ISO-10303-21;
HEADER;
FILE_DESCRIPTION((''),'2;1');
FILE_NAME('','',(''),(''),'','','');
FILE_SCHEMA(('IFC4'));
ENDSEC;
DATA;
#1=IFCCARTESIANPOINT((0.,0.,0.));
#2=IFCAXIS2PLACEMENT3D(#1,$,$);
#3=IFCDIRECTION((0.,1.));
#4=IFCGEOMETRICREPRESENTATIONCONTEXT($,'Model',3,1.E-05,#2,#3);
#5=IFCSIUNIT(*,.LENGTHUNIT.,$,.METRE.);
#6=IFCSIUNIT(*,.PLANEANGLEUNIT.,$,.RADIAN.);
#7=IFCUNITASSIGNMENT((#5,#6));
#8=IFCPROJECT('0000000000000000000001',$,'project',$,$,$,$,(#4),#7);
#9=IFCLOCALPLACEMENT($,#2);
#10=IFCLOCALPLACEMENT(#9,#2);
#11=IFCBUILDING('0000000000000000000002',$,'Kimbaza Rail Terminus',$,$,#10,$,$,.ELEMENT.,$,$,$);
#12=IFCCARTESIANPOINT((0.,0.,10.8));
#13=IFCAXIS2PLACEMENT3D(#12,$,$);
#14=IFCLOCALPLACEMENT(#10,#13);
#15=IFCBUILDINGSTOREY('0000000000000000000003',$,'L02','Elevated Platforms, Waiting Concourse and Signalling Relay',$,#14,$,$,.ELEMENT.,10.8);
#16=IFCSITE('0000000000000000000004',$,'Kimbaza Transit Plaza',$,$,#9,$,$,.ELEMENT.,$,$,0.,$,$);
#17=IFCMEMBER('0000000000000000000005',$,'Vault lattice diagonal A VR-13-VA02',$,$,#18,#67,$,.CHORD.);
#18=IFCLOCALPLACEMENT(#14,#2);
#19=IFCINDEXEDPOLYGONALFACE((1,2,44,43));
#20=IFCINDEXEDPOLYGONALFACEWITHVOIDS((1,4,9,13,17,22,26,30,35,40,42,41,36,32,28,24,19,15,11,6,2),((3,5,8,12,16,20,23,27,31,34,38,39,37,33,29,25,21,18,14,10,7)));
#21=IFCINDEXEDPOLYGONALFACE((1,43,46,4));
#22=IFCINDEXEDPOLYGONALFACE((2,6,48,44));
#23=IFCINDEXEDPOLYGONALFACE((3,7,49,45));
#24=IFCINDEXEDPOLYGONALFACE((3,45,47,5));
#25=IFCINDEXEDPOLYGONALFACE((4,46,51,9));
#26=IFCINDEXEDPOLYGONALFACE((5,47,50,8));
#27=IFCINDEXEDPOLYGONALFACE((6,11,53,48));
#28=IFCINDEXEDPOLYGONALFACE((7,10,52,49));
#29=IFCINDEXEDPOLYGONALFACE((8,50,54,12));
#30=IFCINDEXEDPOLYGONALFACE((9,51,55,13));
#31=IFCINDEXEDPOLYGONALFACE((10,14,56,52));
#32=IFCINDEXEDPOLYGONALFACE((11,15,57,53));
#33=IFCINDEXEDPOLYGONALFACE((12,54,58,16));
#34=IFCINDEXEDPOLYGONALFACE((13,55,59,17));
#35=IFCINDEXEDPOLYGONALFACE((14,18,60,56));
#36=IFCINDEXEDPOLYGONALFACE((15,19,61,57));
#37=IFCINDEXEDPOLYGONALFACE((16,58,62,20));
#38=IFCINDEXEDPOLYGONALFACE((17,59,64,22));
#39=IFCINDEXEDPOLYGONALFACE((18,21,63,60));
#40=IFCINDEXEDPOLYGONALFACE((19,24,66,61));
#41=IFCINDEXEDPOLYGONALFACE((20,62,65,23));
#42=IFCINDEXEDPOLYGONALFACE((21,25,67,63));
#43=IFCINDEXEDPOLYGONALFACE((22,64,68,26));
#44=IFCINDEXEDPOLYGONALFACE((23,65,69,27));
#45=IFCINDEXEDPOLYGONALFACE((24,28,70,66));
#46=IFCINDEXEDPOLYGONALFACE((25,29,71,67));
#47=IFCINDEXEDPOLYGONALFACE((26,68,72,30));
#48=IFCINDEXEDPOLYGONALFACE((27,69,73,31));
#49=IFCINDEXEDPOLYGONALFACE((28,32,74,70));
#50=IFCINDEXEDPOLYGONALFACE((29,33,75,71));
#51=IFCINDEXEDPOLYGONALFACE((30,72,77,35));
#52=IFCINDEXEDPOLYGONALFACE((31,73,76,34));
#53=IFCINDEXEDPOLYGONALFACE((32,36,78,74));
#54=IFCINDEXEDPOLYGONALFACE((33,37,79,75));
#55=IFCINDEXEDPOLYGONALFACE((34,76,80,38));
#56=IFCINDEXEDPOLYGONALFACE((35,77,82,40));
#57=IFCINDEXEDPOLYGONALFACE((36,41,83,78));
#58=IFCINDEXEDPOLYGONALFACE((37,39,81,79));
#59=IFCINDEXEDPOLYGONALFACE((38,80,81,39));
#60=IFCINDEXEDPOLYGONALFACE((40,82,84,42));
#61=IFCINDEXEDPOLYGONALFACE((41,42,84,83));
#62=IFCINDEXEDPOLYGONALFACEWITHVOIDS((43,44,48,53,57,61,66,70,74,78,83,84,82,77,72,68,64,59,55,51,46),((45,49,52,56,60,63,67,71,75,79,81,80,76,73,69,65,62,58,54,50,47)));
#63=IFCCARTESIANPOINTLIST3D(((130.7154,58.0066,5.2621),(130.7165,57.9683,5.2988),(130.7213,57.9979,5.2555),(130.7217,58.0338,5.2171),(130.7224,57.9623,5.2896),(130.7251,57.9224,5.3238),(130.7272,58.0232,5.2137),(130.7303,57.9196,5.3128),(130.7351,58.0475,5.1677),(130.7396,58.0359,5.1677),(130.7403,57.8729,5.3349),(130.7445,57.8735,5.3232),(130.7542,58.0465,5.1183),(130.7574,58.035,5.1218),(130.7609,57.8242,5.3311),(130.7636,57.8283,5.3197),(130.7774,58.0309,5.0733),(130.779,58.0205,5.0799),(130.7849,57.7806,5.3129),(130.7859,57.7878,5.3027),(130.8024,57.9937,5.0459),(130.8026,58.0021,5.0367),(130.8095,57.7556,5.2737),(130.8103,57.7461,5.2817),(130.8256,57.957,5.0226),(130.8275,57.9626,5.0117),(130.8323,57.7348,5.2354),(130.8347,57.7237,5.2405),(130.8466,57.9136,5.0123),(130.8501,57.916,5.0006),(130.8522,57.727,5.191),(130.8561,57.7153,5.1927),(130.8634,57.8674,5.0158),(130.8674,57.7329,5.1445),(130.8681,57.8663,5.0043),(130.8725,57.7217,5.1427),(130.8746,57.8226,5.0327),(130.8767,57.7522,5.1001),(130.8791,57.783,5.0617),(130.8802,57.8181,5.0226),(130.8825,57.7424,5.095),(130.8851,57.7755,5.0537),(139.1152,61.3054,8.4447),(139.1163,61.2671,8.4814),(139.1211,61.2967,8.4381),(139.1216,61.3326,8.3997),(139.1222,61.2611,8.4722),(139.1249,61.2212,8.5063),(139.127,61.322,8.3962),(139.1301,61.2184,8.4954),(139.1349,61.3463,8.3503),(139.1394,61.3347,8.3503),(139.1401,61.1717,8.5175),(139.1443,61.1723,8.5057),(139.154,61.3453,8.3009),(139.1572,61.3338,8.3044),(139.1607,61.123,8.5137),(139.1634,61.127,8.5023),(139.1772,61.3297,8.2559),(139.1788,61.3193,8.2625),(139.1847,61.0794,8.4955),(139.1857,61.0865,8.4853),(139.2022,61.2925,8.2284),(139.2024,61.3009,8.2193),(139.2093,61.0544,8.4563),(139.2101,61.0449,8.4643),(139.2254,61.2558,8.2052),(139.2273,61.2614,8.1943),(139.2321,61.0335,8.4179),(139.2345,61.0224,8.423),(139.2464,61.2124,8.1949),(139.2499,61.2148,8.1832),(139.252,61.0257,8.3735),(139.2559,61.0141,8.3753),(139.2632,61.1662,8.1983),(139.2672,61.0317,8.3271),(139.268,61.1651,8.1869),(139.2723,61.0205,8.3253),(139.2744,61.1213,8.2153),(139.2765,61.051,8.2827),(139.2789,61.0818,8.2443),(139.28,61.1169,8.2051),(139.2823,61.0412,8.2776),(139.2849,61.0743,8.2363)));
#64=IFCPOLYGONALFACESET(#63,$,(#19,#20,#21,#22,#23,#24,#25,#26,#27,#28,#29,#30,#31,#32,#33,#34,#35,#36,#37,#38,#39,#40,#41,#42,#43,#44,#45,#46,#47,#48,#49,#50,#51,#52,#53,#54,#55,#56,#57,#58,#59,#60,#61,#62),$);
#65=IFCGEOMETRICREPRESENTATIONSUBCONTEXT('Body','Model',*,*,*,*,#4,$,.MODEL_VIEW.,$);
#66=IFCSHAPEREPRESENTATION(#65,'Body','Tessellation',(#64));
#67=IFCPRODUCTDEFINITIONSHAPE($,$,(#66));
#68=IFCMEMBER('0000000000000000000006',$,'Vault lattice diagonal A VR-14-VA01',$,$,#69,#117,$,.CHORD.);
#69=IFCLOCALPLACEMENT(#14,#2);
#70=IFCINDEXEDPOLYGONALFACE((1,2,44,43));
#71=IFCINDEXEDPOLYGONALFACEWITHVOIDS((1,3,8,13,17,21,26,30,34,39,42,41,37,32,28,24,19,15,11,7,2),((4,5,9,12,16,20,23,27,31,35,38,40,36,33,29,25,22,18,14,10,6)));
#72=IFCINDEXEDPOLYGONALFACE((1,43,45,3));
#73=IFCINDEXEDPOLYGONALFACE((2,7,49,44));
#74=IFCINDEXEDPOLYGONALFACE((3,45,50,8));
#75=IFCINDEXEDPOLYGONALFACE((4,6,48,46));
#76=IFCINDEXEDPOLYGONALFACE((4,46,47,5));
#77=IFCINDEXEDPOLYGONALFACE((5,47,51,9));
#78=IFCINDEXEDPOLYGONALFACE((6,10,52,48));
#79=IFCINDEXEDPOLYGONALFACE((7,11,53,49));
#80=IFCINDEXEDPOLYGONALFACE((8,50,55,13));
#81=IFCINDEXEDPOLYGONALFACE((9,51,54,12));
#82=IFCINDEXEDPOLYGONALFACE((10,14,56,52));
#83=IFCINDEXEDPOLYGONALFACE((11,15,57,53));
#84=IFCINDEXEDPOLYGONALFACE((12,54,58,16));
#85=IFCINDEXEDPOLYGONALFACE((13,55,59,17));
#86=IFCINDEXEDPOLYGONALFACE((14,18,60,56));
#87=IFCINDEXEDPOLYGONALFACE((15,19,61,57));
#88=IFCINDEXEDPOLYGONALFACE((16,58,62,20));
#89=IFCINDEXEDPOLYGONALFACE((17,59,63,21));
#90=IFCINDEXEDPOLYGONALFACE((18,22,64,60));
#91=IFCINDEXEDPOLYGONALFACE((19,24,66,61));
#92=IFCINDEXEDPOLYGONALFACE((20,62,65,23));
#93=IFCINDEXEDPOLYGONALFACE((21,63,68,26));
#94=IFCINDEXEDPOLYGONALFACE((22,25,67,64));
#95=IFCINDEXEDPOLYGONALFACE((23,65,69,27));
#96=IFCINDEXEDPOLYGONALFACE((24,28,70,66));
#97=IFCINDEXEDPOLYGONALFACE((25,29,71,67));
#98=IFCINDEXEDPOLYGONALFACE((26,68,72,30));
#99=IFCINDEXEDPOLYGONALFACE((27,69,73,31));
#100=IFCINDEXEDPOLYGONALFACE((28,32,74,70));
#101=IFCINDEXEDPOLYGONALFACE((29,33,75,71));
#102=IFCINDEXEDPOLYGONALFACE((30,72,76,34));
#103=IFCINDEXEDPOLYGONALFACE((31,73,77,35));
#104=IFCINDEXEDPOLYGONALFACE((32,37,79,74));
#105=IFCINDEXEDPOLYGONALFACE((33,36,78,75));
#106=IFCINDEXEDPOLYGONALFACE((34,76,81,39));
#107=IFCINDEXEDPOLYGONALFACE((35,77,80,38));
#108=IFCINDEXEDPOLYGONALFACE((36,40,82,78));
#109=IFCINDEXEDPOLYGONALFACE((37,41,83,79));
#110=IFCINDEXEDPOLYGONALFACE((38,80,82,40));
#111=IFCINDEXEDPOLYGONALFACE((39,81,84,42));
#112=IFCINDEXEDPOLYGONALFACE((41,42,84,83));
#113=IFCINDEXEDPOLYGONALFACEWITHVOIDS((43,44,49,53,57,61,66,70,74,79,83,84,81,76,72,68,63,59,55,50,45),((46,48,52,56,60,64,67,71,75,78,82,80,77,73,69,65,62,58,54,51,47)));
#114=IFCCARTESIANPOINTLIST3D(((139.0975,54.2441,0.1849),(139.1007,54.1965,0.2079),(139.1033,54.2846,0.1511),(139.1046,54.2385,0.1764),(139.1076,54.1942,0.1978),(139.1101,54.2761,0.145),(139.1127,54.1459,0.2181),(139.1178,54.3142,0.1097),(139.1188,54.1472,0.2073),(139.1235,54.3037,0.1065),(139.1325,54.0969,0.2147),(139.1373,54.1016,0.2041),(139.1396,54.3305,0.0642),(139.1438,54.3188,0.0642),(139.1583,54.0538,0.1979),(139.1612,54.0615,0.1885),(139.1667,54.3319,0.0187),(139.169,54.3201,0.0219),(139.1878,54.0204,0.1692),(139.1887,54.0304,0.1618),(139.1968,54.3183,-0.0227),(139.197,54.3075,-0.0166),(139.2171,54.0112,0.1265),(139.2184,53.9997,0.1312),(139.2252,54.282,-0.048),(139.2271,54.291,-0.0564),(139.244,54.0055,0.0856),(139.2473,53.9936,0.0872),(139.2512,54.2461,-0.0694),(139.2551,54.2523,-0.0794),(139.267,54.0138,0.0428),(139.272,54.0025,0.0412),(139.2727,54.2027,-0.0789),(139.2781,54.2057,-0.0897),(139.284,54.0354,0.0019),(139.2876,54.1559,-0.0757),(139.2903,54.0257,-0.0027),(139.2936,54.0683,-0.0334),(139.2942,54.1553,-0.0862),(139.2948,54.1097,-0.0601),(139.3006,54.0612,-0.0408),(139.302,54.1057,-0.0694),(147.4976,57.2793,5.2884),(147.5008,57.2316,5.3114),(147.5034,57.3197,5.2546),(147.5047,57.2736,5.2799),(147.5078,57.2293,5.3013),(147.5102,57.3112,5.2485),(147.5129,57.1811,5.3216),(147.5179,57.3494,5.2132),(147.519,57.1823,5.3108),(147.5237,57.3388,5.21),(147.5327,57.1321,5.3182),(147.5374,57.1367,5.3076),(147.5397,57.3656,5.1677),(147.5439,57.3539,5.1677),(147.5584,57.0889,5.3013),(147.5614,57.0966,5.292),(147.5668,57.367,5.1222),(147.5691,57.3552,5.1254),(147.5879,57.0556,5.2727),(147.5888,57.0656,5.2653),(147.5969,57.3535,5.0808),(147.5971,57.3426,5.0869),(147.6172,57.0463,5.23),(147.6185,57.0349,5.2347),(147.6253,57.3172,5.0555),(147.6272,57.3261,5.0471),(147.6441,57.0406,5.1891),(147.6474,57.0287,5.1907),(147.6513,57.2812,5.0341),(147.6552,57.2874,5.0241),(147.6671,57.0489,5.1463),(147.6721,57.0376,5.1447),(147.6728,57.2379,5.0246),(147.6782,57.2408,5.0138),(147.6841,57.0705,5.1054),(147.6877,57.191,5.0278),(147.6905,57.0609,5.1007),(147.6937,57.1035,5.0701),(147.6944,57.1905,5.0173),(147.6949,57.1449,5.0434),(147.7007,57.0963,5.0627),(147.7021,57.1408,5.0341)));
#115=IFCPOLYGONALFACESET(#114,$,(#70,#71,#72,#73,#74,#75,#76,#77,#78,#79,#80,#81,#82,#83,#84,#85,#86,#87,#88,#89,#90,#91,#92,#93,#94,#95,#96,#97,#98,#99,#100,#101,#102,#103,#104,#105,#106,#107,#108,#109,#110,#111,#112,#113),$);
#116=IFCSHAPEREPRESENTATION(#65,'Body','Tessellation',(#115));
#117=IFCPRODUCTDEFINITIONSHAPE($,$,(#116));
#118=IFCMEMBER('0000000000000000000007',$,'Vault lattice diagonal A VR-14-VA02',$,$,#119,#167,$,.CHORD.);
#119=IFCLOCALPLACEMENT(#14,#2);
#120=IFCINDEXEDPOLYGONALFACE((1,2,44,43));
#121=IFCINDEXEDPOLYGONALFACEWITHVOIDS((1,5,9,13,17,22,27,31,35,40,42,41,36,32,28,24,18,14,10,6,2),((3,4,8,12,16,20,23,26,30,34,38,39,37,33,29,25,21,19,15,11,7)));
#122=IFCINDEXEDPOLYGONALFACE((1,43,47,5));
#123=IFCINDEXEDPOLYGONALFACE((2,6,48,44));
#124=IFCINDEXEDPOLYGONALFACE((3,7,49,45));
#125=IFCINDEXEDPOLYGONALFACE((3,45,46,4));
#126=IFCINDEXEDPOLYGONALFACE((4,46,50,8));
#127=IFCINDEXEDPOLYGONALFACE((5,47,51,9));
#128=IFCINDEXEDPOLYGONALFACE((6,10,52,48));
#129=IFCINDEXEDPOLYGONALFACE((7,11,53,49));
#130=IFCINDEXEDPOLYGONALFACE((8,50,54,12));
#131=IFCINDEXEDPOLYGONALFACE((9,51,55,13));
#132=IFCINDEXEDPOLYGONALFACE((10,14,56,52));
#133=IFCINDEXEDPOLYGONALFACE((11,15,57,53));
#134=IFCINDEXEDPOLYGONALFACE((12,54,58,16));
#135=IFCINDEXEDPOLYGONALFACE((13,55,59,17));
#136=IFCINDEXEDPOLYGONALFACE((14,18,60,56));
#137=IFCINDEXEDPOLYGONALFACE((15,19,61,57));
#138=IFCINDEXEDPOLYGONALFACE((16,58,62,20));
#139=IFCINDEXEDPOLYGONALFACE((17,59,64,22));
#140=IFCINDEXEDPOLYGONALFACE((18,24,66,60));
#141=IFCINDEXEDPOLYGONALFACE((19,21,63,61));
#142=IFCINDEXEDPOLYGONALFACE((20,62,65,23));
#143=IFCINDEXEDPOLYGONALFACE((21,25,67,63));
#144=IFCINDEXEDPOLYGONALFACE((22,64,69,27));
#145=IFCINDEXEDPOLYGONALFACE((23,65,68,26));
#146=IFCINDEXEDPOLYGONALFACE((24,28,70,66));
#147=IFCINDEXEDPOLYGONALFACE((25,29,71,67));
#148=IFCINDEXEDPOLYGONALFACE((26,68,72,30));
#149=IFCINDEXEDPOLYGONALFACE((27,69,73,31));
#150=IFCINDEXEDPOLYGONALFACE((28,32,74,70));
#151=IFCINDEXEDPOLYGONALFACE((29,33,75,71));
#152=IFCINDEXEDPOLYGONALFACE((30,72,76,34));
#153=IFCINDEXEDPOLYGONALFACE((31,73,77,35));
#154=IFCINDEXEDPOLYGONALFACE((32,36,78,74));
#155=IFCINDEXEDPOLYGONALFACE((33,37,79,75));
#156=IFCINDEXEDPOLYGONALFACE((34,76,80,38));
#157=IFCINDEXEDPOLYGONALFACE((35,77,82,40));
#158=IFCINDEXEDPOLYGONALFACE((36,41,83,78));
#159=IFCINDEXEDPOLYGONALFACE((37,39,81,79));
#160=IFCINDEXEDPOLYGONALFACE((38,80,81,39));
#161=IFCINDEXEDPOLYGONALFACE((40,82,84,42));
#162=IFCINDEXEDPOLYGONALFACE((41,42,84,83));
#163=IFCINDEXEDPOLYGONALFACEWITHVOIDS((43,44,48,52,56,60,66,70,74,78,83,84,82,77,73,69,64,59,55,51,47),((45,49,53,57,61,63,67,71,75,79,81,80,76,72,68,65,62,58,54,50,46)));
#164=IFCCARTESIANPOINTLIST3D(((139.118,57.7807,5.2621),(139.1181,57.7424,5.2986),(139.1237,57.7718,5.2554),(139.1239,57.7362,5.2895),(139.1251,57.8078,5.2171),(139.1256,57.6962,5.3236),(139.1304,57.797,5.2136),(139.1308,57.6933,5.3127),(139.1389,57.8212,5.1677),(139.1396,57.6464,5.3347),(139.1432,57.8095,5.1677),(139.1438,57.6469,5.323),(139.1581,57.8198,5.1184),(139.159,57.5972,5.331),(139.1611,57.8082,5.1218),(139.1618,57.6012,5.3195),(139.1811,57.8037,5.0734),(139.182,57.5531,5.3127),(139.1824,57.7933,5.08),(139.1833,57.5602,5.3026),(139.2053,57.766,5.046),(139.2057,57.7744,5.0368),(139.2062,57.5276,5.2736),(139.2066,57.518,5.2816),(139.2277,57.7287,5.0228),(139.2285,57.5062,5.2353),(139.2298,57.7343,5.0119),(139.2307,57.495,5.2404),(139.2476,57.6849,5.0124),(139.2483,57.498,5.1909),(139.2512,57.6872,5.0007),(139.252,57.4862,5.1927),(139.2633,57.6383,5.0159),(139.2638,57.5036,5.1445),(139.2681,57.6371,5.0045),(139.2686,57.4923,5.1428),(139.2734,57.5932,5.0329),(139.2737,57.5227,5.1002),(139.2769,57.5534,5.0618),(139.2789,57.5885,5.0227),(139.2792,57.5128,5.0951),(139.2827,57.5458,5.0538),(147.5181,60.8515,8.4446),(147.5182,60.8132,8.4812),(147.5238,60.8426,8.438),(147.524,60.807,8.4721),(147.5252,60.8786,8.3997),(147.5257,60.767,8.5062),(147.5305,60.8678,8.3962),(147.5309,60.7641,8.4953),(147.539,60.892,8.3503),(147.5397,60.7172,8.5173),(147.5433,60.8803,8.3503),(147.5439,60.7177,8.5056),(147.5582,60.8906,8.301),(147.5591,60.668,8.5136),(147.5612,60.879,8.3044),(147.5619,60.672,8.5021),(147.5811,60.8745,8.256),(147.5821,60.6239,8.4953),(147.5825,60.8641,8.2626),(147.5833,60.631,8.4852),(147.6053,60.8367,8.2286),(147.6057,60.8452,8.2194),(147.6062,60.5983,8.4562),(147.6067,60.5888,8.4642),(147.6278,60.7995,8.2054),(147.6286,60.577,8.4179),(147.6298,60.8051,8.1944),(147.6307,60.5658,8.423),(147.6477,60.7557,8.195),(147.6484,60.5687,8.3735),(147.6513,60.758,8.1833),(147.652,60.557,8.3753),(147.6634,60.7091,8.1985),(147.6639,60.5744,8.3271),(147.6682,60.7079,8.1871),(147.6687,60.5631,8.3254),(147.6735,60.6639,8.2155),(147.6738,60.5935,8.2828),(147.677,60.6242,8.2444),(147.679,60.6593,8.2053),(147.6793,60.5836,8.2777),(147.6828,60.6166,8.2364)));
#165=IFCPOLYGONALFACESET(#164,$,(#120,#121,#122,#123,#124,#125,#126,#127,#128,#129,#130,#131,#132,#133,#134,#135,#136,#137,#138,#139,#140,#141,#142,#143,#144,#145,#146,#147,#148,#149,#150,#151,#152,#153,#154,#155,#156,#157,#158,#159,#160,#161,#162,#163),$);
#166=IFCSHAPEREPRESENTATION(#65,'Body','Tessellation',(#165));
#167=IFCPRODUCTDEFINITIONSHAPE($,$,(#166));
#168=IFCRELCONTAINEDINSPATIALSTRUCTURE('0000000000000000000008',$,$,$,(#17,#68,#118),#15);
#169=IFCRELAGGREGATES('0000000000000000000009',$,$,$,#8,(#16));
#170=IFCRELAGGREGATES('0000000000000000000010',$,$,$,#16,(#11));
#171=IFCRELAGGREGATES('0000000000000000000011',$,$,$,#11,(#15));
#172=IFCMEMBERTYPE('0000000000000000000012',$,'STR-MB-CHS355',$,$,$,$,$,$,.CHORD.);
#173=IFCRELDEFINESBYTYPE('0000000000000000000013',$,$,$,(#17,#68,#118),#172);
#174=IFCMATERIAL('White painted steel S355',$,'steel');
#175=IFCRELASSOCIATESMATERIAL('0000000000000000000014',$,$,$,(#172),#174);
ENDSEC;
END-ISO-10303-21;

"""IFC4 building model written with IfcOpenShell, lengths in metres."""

from ifc_helpers import new_model, si_unit, direction, frame, origin, origin_2d, place, context, subcontext, project, spatial, hollow_circle, extrude, material, material_profile, profile_set, type_object, element, save


model = new_model("IFC4")

# Units and contexts
model_context = context("Model", 3, precision=1e-05, world=origin(), true_north=direction((0.0, 1.0)))
body_context = subcontext(model_context, "Body", "Model", "MODEL_VIEW")
ifc_project = project(units=[si_unit("LENGTHUNIT", "METRE"), si_unit("PLANEANGLEUNIT", "RADIAN")], contexts=[model_context])

# Site, building, storey
site_placement = place(None, origin())
site = spatial("IfcSite", under=ifc_project, at=site_placement, Name="Kimbaza Transit Plaza", CompositionType="ELEMENT", RefElevation=0.0)
building_placement = place(site_placement, origin())
building = spatial("IfcBuilding", under=site, at=building_placement, Name="Kimbaza Rail Terminus", CompositionType="ELEMENT")
storey_placement = place(building_placement, frame((0.0, 0.0, 10.8)))
storey = spatial("IfcBuildingStorey", under=building, at=storey_placement, Name="L02", Description="Elevated Platforms, Waiting Concourse and Signalling Relay", CompositionType="ELEMENT", Elevation=10.8)

# Members
ifc_material_1 = material(Name="White painted steel S355", Category="steel")
ifc_material_profile_1 = material_profile(ifc_material_1, hollow_circle(Radius=0.1777, WallThickness=0.0125, at=origin_2d()), Name="CHS 355.6x12.5")
ifc_profile_set_1 = profile_set([ifc_material_profile_1], Name="White painted steel S355")
member_type_1 = type_object("IfcMemberType", Name="STR-MB-CHS355", PredefinedType="CHORD", material=ifc_profile_set_1)
member_1_placement = place(storey_placement, frame((130.8, 57.8821, 5.1677), z_axis=(0.877806, 0.344734, 0.33259), x_axis=(-0.365544, 0.930794, 0.0)))
element("IfcMember", 1, at=member_1_placement, inside=storey, type_object=member_type_1, Name="Vault lattice diagonal A VR-13-VA02", PredefinedType="CHORD", context=body_context, shape_type="SweptSolid", body=[
    extrude(hollow_circle(Radius=0.1777, WallThickness=0.0125, at=origin_2d()), origin(), (0.0, 0.0, 1.0), 9.5691),
])
member_2_placement = place(storey_placement, frame((139.2, 54.1633, 0.0642), z_axis=(0.816586, 0.29505, 0.496117), x_axis=(-0.33982, 0.940491, 0.0)))
element("IfcMember", 2, at=member_2_placement, inside=storey, type_object=member_type_1, Name="Vault lattice diagonal A VR-14-VA01", PredefinedType="CHORD", context=body_context, shape_type="SweptSolid", body=[
    extrude(hollow_circle(Radius=0.1777, WallThickness=0.0125, at=origin_2d()), origin(), (0.0, 0.0, 1.0), 10.2869),
])
member_3_placement = place(storey_placement, frame((139.2, 57.6543, 5.1677), z_axis=(0.884857, 0.323473, 0.335251), x_axis=(-0.343343, 0.93921, 0.0)))
element("IfcMember", 3, at=member_3_placement, inside=storey, type_object=member_type_1, Name="Vault lattice diagonal A VR-14-VA02", PredefinedType="CHORD", context=body_context, shape_type="SweptSolid", body=[
    extrude(hollow_circle(Radius=0.1777, WallThickness=0.0125, at=origin_2d()), origin(), (0.0, 0.0, 1.0), 9.4932),
])

save(model, "model.ifc")
